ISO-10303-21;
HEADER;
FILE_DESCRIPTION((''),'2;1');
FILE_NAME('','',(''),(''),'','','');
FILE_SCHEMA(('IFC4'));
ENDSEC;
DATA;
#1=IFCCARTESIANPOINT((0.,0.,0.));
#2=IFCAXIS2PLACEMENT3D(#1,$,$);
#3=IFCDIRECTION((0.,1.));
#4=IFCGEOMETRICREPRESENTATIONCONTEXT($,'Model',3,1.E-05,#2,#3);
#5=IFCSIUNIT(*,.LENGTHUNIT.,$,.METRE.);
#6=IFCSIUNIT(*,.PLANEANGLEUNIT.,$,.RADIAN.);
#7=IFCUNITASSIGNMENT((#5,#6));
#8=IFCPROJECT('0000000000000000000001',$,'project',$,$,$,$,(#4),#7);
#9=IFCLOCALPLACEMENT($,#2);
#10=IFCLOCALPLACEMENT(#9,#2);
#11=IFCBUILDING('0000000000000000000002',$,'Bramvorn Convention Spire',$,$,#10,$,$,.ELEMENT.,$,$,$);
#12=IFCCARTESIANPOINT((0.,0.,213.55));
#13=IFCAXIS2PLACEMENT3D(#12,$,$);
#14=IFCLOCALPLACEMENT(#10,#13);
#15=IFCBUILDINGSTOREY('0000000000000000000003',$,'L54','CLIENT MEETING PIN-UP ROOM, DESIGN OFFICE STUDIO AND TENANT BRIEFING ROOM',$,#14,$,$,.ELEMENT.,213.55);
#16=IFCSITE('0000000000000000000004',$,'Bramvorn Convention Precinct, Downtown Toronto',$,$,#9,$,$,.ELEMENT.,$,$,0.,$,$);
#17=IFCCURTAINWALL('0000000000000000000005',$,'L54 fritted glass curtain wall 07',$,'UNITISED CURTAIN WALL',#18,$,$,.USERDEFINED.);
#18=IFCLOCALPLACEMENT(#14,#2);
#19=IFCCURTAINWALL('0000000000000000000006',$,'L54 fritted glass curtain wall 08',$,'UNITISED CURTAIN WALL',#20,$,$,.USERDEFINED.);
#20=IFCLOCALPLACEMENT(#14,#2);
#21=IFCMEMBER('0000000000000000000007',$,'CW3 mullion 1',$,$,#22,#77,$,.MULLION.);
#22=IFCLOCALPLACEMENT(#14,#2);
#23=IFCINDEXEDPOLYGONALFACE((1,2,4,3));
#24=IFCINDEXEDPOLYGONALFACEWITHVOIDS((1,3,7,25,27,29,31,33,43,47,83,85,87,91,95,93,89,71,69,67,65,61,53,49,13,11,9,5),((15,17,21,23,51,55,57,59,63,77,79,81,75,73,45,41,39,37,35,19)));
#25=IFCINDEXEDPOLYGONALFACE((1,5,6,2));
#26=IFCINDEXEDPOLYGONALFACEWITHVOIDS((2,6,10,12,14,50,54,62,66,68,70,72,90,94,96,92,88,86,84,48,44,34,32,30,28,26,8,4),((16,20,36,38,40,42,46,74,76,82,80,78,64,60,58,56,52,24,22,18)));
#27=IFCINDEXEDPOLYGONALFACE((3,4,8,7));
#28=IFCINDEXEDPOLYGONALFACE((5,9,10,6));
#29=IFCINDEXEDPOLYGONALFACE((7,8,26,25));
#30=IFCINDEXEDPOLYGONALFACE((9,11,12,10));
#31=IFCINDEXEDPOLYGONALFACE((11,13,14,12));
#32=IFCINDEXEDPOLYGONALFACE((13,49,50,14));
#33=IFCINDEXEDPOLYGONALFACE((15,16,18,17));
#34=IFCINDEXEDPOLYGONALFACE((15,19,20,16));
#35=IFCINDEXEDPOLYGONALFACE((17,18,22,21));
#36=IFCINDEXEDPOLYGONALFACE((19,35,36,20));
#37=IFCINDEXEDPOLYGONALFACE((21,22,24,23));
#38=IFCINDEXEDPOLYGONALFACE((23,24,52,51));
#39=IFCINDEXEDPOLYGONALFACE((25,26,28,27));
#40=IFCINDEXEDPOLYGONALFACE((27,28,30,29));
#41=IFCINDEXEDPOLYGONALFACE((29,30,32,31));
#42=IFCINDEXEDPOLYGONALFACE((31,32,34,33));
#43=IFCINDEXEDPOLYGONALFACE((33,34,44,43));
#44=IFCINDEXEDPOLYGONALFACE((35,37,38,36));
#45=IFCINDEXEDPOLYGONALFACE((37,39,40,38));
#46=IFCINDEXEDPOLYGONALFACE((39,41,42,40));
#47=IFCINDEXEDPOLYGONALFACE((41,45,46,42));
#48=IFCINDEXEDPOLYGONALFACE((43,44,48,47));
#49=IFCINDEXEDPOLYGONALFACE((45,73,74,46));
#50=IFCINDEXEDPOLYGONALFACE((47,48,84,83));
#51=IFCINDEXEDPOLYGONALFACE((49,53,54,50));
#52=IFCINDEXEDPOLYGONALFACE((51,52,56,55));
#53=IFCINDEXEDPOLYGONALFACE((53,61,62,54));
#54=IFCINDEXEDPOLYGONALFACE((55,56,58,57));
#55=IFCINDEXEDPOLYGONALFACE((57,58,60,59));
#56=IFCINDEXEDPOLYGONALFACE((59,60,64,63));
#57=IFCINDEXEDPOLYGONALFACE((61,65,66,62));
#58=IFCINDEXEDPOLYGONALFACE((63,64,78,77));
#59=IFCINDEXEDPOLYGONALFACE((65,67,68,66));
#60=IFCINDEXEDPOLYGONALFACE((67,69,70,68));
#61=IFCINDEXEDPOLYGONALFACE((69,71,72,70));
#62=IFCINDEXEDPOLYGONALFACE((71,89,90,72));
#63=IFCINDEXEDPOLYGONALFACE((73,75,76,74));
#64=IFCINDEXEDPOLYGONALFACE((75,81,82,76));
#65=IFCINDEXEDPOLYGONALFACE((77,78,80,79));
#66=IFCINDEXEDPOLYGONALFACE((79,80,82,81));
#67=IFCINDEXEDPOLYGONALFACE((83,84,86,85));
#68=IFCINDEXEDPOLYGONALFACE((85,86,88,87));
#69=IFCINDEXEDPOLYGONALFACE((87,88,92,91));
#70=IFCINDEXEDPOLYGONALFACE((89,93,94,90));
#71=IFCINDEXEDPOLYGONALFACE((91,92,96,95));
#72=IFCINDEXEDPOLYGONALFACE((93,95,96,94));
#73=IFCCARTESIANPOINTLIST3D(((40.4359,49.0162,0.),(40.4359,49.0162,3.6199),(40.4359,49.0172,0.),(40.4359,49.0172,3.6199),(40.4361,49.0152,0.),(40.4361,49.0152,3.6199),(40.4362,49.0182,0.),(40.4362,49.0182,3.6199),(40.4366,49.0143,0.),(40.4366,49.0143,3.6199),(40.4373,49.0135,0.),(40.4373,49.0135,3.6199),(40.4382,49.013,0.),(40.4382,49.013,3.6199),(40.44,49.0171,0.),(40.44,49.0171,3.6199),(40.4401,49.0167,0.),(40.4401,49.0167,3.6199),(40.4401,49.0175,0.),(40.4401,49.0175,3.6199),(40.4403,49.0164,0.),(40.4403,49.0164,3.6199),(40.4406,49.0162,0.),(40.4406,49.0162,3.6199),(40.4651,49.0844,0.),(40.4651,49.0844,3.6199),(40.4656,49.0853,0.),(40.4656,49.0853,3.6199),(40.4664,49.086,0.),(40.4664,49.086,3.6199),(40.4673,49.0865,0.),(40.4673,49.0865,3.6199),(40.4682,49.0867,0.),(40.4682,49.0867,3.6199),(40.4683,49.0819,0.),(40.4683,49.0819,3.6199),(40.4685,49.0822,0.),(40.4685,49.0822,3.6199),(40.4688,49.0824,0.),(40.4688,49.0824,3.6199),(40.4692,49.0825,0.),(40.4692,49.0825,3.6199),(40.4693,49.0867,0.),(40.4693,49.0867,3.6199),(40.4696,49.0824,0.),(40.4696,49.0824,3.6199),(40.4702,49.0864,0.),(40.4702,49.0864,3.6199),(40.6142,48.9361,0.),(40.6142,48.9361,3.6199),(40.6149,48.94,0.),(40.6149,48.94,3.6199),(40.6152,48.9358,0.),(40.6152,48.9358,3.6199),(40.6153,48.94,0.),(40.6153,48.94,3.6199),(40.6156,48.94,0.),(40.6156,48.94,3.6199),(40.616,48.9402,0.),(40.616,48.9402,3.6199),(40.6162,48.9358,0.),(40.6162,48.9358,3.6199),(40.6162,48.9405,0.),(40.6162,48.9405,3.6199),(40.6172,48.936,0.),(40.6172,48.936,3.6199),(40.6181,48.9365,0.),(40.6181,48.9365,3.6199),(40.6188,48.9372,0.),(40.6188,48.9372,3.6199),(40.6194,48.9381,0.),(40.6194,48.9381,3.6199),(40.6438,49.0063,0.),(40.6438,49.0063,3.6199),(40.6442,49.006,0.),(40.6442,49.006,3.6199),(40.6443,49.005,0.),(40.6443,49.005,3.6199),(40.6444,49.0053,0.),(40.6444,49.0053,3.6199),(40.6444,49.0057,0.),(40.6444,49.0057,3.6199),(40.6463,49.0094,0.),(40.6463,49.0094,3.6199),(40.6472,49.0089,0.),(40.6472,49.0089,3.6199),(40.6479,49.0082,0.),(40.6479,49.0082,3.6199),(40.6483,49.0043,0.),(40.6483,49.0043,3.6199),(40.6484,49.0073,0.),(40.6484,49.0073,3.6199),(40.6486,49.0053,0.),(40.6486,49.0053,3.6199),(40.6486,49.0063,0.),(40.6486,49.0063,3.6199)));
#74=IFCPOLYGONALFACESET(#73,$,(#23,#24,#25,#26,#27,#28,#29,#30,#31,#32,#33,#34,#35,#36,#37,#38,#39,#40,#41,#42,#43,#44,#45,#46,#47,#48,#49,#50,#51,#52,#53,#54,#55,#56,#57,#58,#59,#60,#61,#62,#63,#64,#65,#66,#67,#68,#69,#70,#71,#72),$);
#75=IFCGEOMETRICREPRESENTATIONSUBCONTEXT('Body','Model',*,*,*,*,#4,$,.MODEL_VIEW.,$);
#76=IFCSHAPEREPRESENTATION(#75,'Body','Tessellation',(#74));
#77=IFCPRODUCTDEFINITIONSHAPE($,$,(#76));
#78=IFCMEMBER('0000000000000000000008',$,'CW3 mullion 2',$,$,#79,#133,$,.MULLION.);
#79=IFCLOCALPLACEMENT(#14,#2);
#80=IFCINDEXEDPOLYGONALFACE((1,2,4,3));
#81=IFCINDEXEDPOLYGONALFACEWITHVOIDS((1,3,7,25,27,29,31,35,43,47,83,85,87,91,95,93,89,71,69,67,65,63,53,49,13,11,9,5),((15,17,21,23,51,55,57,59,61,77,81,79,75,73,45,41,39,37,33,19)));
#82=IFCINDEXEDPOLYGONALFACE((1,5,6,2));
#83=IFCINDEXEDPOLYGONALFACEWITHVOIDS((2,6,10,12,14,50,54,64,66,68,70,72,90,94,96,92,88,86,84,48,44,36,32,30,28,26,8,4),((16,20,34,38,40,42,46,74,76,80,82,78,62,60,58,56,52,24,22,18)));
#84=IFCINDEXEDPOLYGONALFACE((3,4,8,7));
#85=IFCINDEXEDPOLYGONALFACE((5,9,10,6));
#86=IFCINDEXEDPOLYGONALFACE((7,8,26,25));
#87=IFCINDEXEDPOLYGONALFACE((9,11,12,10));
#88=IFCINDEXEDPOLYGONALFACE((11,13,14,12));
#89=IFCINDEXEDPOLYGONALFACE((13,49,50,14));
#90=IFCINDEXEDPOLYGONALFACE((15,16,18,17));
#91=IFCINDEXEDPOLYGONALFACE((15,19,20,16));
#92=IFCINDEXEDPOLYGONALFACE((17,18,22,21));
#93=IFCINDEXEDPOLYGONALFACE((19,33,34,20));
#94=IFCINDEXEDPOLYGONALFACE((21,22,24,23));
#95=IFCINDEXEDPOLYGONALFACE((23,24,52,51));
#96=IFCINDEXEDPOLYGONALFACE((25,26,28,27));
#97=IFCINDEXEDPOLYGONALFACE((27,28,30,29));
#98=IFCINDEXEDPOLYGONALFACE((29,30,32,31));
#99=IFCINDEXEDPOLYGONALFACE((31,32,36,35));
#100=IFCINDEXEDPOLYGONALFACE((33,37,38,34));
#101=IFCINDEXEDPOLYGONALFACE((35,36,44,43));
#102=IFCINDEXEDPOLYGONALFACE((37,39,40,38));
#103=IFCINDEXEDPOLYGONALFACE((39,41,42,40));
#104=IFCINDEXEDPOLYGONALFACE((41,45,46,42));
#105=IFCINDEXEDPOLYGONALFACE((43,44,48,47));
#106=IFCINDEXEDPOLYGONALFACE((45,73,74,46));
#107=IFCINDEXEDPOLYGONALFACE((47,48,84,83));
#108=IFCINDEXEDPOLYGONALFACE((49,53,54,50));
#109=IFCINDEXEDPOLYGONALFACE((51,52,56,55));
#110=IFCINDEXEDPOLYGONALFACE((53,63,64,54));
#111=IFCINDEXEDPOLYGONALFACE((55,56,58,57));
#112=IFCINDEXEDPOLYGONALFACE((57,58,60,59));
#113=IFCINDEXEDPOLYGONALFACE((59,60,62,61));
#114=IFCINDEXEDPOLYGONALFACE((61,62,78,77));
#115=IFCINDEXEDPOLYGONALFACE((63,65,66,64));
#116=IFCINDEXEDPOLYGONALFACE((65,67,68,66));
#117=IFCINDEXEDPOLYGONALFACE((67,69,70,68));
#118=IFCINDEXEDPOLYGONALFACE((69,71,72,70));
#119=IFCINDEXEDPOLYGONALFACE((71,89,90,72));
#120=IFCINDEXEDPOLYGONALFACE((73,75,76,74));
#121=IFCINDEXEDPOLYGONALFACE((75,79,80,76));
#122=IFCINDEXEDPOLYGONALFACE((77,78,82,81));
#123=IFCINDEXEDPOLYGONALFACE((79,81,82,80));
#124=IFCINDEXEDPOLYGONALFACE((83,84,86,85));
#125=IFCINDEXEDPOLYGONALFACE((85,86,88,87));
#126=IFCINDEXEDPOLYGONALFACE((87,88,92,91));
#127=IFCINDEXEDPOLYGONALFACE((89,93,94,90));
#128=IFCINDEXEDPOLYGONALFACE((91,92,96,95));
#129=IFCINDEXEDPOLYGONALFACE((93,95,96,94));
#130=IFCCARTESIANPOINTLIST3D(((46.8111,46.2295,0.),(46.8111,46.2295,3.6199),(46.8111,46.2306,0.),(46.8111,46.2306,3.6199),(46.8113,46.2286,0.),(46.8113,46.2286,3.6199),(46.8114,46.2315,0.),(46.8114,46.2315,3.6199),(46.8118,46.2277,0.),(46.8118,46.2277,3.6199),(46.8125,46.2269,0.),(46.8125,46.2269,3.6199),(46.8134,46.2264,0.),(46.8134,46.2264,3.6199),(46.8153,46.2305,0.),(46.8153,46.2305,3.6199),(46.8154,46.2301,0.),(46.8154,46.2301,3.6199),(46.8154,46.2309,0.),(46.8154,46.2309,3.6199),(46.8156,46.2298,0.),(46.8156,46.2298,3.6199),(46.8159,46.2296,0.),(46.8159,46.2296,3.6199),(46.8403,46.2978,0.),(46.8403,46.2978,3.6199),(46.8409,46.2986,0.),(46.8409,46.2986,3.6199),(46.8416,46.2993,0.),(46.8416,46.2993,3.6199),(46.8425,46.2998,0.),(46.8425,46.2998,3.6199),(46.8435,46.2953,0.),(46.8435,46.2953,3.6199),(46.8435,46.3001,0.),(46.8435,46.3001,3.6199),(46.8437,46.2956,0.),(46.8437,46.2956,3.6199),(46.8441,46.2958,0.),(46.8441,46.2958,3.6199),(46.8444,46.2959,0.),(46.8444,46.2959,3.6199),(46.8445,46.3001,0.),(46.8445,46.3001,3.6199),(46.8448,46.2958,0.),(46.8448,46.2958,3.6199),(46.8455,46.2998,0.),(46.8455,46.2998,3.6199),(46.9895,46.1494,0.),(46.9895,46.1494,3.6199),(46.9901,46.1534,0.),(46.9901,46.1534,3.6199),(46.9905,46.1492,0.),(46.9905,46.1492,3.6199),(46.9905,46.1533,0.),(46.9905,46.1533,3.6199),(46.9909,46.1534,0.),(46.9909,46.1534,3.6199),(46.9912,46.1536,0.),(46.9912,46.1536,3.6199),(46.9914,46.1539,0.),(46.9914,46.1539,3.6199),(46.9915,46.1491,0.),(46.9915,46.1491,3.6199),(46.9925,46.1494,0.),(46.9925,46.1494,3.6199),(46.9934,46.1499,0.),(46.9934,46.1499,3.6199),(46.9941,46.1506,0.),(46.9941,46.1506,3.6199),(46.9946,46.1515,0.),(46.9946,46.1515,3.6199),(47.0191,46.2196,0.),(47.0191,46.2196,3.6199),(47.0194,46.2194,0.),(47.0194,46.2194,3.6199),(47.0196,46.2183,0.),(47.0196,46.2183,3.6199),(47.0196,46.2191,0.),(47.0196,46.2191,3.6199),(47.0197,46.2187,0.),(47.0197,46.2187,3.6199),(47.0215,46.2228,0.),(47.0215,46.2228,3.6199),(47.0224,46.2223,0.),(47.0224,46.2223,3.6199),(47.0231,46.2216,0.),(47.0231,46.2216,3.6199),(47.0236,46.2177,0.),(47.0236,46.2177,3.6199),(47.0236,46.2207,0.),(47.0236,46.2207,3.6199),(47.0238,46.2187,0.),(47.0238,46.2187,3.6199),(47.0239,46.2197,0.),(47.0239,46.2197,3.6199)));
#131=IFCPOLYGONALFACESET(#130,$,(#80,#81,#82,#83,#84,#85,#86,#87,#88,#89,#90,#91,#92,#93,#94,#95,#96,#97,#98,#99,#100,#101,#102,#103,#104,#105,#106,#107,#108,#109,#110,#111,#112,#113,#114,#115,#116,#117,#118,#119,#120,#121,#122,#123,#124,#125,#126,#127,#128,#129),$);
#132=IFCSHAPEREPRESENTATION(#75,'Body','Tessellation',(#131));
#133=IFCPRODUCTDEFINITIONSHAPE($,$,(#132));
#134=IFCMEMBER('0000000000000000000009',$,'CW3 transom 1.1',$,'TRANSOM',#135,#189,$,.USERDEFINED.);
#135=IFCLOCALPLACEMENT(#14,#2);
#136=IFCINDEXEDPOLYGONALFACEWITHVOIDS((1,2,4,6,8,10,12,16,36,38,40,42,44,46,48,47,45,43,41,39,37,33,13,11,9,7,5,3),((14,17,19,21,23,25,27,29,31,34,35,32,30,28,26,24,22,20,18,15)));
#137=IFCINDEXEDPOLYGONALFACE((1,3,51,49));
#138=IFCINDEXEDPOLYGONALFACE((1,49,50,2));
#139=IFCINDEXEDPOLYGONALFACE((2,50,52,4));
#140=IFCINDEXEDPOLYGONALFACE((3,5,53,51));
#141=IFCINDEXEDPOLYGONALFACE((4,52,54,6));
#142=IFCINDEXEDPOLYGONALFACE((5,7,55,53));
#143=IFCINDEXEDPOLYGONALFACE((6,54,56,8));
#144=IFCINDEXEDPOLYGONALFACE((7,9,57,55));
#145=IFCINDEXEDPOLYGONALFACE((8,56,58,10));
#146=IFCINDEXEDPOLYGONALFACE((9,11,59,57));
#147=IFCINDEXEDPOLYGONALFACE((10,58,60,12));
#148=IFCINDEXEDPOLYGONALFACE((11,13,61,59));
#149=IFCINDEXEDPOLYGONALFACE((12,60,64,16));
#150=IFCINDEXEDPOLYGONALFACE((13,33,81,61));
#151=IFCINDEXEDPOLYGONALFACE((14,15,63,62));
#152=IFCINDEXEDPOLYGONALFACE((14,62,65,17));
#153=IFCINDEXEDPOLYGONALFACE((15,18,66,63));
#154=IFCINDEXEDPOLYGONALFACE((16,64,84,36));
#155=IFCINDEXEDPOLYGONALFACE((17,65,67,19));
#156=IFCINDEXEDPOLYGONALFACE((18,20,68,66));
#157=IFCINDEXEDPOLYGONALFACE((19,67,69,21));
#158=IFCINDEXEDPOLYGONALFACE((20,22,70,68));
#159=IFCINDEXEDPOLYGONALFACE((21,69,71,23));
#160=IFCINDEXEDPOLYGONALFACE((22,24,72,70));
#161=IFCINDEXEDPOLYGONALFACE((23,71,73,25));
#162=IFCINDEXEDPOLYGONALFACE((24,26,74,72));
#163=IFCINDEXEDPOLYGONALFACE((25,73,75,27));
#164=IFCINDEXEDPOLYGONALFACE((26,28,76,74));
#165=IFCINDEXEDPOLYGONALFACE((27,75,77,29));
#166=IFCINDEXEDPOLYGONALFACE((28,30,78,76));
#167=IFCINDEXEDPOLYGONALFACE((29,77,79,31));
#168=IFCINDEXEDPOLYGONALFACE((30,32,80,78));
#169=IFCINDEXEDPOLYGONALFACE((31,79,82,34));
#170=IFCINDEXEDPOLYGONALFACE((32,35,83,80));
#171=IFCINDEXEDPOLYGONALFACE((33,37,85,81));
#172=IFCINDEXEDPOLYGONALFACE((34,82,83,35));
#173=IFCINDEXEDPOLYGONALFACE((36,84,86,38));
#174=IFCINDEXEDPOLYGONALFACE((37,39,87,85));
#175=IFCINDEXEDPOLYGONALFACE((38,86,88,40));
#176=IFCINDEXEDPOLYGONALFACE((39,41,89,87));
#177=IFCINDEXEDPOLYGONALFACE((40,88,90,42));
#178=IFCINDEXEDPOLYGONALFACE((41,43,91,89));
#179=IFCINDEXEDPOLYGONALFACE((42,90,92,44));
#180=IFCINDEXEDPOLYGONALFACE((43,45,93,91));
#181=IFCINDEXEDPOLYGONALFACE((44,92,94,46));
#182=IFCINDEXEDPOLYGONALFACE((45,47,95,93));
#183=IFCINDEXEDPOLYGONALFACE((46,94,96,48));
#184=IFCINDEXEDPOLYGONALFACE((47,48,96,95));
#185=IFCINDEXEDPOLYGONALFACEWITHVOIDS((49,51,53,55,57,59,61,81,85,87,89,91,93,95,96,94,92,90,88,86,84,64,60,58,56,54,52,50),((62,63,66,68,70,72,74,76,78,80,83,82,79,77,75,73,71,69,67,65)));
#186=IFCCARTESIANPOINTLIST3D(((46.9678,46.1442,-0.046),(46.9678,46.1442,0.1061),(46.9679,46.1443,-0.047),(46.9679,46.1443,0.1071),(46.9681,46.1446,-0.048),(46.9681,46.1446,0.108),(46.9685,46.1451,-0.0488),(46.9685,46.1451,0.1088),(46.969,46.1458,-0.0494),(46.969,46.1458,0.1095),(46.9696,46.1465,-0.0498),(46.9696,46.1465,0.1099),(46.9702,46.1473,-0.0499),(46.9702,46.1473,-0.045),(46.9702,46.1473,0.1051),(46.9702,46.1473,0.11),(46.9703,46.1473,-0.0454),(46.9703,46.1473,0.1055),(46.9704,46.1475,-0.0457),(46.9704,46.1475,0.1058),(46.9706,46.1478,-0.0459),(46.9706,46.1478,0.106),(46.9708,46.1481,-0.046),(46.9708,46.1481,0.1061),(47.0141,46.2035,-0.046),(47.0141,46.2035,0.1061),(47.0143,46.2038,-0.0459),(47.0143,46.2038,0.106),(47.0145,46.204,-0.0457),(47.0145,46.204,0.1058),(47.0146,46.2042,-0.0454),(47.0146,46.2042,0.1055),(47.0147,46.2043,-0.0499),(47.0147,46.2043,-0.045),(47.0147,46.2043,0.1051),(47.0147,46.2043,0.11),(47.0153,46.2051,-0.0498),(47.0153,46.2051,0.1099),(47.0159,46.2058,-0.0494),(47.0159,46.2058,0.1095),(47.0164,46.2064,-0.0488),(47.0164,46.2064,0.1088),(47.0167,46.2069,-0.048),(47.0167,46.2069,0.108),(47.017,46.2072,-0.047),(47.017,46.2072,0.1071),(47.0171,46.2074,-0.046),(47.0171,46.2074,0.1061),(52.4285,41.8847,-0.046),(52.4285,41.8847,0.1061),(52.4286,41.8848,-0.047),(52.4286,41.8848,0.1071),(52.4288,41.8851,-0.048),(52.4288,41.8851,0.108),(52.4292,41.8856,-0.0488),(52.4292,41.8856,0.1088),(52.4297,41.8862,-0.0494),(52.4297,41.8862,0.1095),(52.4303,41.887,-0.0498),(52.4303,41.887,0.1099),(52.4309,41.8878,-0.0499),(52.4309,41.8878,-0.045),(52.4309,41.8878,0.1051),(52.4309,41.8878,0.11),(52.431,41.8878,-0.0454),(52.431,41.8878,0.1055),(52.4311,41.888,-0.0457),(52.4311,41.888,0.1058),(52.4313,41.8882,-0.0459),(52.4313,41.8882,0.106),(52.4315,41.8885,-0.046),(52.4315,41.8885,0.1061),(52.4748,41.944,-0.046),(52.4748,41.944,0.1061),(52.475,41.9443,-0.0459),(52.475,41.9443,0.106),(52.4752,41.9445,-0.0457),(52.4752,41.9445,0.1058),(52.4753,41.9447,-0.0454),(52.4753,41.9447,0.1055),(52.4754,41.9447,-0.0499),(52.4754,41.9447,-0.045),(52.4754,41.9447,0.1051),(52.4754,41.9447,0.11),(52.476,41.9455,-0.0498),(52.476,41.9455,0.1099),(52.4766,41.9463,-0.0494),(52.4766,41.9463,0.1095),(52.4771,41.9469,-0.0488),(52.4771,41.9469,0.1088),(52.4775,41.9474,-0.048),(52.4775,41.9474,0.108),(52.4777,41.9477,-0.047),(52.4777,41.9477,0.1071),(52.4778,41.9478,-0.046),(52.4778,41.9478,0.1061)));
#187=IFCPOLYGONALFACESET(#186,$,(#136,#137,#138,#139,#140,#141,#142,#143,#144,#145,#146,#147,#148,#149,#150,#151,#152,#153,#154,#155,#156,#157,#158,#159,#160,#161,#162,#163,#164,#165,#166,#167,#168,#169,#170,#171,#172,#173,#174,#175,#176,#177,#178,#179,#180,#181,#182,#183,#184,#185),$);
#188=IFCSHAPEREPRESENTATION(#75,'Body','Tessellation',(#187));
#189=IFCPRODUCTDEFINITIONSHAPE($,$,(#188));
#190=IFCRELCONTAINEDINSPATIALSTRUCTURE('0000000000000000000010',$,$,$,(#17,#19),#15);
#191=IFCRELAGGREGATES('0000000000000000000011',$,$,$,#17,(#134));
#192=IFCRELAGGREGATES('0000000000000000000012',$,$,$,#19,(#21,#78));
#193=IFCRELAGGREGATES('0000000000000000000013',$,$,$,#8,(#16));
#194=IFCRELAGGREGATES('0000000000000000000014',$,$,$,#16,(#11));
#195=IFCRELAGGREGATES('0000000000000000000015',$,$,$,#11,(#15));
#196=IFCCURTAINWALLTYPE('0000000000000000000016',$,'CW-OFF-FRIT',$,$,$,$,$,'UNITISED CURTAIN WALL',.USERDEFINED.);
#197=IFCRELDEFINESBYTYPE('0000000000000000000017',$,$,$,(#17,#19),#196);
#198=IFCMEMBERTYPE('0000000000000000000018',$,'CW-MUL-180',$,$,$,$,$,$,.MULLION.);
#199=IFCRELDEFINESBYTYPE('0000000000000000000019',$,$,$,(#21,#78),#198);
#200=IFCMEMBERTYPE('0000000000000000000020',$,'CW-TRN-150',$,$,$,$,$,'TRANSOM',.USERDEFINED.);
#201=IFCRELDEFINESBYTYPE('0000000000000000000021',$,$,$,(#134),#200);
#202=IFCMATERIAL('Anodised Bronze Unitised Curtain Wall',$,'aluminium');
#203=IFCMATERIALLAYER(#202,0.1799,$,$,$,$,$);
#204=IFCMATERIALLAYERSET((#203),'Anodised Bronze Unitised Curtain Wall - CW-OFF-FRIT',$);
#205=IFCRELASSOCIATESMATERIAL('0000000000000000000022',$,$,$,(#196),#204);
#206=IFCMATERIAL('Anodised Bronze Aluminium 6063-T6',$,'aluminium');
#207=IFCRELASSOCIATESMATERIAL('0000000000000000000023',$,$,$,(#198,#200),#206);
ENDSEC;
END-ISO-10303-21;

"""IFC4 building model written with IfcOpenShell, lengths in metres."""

from ifc_helpers import new_model, si_unit, direction, frame, origin, origin_2d, place, context, subcontext, project, spatial, hollow_rectangle, extrude, material, layer, layer_set, material_profile, profile_set, type_object, element, aggregate, save


model = new_model("IFC4")

# Units and contexts
model_context = context("Model", 3, precision=1e-05, world=origin(), true_north=direction((0.0, 1.0)))
body_context = subcontext(model_context, "Body", "Model", "MODEL_VIEW")
ifc_project = project(units=[si_unit("LENGTHUNIT", "METRE"), si_unit("PLANEANGLEUNIT", "RADIAN")], contexts=[model_context])

# Site, building, storey
site_placement = place(None, origin())
site = spatial("IfcSite", under=ifc_project, at=site_placement, Name="Bramvorn Convention Precinct, Downtown Toronto", CompositionType="ELEMENT", RefElevation=0.0)
building_placement = place(site_placement, origin())
building = spatial("IfcBuilding", under=site, at=building_placement, Name="Bramvorn Convention Spire", CompositionType="ELEMENT")
storey_placement = place(building_placement, frame((0.0, 0.0, 213.55)))
storey = spatial("IfcBuildingStorey", under=building, at=storey_placement, Name="L54", Description="CLIENT MEETING PIN-UP ROOM, DESIGN OFFICE STUDIO AND TENANT BRIEFING ROOM", CompositionType="ELEMENT", Elevation=213.55)

# Curtain walls, members
ifc_material_1 = material(Name="Anodised Bronze Unitised Curtain Wall", Category="aluminium")
ifc_layer_1 = layer(ifc_material_1, 0.1799)
ifc_layer_set_1 = layer_set([ifc_layer_1], Name="Anodised Bronze Unitised Curtain Wall - CW-OFF-FRIT")
curtain_wall_type = type_object("IfcCurtainWallType", Name="CW-OFF-FRIT", ElementType="UNITISED CURTAIN WALL", PredefinedType="USERDEFINED", material=ifc_layer_set_1)
curtain_wall_1_placement = place(storey_placement, origin())
curtain_wall_1 = element("IfcCurtainWall", 1, at=curtain_wall_1_placement, inside=storey, type_object=curtain_wall_type, Name="L54 fritted glass curtain wall 07", ObjectType="UNITISED CURTAIN WALL", PredefinedType="USERDEFINED")
ifc_material_2 = material(Name="Anodised Bronze Aluminium 6063-T6", Category="aluminium")
ifc_material_profile_1 = material_profile(ifc_material_2, hollow_rectangle(XDim=0.0801, YDim=0.2, WallThickness=0.0039, InnerFilletRadius=0.001, OuterFilletRadius=0.0039, at=origin_2d()))
ifc_profile_set_1 = profile_set([ifc_material_profile_1], Name="Anodised Bronze Aluminium 6063-T6 - CWM80X200")
member_type_1 = type_object("IfcMemberType", Name="CW-MUL-180", PredefinedType="MULLION", material=ifc_profile_set_1)
curtain_wall_2_placement = place(storey_placement, origin())
curtain_wall_2 = element("IfcCurtainWall", 2, at=curtain_wall_2_placement, inside=storey, type_object=curtain_wall_type, Name="L54 fritted glass curtain wall 08", ObjectType="UNITISED CURTAIN WALL", PredefinedType="USERDEFINED")
member_1_placement = place(storey_placement, frame((40.5422, 49.0112, 0.0), z_axis=(0.0, 0.0, 1.0), x_axis=(0.400494, 0.916299, 0.0)))
member_1 = element("IfcMember", 3, at=member_1_placement, type_object=member_type_1, Name="CW3 mullion 1", PredefinedType="MULLION", context=body_context, shape_type="SweptSolid", body=[
    extrude(hollow_rectangle(XDim=0.0801, YDim=0.2, WallThickness=0.0039, InnerFilletRadius=0.001, OuterFilletRadius=0.0039, at=origin_2d()), origin(), (0.0, 0.0, 1.0), 3.6199),
])
member_2_placement = place(storey_placement, frame((46.9175, 46.2246, 0.0), z_axis=(0.0, 0.0, 1.0), x_axis=(0.400494, 0.916299, 0.0)))
member_2 = element("IfcMember", 4, at=member_2_placement, type_object=member_type_1, Name="CW3 mullion 2", PredefinedType="MULLION", context=body_context, shape_type="SweptSolid", body=[
    extrude(hollow_rectangle(XDim=0.0801, YDim=0.2, WallThickness=0.0039, InnerFilletRadius=0.001, OuterFilletRadius=0.0039, at=origin_2d()), origin(), (0.0, 0.0, 1.0), 3.6199),
])

# Member
ifc_material_profile_2 = material_profile(ifc_material_2, hollow_rectangle(XDim=0.0801, YDim=0.1599, WallThickness=0.0039, InnerFilletRadius=0.001, OuterFilletRadius=0.0039, at=origin_2d()))
ifc_profile_set_2 = profile_set([ifc_material_profile_2], Name="Anodised Bronze Aluminium 6063-T6 - CWT80X160")
member_type_2 = type_object("IfcMemberType", Name="CW-TRN-150", ElementType="TRANSOM", PredefinedType="USERDEFINED", material=ifc_profile_set_2)
member_3_placement = place(storey_placement, frame((46.9924, 46.1758, 0.03), z_axis=(0.78849, -0.615048, 0.0), x_axis=(0.615048, 0.78849, 0.0)))
member_3 = element("IfcMember", 5, at=member_3_placement, type_object=member_type_2, Name="CW3 transom 1.1", ObjectType="TRANSOM", PredefinedType="USERDEFINED", context=body_context, shape_type="SweptSolid", body=[
    extrude(hollow_rectangle(XDim=0.0801, YDim=0.1599, WallThickness=0.0039, InnerFilletRadius=0.001, OuterFilletRadius=0.0039, at=origin_2d()), origin(), (0.0, 0.0, 1.0), 6.9255),
])

aggregate(curtain_wall_1, [member_3])
aggregate(curtain_wall_2, [member_1, member_2])

save(model, "model.ifc")
